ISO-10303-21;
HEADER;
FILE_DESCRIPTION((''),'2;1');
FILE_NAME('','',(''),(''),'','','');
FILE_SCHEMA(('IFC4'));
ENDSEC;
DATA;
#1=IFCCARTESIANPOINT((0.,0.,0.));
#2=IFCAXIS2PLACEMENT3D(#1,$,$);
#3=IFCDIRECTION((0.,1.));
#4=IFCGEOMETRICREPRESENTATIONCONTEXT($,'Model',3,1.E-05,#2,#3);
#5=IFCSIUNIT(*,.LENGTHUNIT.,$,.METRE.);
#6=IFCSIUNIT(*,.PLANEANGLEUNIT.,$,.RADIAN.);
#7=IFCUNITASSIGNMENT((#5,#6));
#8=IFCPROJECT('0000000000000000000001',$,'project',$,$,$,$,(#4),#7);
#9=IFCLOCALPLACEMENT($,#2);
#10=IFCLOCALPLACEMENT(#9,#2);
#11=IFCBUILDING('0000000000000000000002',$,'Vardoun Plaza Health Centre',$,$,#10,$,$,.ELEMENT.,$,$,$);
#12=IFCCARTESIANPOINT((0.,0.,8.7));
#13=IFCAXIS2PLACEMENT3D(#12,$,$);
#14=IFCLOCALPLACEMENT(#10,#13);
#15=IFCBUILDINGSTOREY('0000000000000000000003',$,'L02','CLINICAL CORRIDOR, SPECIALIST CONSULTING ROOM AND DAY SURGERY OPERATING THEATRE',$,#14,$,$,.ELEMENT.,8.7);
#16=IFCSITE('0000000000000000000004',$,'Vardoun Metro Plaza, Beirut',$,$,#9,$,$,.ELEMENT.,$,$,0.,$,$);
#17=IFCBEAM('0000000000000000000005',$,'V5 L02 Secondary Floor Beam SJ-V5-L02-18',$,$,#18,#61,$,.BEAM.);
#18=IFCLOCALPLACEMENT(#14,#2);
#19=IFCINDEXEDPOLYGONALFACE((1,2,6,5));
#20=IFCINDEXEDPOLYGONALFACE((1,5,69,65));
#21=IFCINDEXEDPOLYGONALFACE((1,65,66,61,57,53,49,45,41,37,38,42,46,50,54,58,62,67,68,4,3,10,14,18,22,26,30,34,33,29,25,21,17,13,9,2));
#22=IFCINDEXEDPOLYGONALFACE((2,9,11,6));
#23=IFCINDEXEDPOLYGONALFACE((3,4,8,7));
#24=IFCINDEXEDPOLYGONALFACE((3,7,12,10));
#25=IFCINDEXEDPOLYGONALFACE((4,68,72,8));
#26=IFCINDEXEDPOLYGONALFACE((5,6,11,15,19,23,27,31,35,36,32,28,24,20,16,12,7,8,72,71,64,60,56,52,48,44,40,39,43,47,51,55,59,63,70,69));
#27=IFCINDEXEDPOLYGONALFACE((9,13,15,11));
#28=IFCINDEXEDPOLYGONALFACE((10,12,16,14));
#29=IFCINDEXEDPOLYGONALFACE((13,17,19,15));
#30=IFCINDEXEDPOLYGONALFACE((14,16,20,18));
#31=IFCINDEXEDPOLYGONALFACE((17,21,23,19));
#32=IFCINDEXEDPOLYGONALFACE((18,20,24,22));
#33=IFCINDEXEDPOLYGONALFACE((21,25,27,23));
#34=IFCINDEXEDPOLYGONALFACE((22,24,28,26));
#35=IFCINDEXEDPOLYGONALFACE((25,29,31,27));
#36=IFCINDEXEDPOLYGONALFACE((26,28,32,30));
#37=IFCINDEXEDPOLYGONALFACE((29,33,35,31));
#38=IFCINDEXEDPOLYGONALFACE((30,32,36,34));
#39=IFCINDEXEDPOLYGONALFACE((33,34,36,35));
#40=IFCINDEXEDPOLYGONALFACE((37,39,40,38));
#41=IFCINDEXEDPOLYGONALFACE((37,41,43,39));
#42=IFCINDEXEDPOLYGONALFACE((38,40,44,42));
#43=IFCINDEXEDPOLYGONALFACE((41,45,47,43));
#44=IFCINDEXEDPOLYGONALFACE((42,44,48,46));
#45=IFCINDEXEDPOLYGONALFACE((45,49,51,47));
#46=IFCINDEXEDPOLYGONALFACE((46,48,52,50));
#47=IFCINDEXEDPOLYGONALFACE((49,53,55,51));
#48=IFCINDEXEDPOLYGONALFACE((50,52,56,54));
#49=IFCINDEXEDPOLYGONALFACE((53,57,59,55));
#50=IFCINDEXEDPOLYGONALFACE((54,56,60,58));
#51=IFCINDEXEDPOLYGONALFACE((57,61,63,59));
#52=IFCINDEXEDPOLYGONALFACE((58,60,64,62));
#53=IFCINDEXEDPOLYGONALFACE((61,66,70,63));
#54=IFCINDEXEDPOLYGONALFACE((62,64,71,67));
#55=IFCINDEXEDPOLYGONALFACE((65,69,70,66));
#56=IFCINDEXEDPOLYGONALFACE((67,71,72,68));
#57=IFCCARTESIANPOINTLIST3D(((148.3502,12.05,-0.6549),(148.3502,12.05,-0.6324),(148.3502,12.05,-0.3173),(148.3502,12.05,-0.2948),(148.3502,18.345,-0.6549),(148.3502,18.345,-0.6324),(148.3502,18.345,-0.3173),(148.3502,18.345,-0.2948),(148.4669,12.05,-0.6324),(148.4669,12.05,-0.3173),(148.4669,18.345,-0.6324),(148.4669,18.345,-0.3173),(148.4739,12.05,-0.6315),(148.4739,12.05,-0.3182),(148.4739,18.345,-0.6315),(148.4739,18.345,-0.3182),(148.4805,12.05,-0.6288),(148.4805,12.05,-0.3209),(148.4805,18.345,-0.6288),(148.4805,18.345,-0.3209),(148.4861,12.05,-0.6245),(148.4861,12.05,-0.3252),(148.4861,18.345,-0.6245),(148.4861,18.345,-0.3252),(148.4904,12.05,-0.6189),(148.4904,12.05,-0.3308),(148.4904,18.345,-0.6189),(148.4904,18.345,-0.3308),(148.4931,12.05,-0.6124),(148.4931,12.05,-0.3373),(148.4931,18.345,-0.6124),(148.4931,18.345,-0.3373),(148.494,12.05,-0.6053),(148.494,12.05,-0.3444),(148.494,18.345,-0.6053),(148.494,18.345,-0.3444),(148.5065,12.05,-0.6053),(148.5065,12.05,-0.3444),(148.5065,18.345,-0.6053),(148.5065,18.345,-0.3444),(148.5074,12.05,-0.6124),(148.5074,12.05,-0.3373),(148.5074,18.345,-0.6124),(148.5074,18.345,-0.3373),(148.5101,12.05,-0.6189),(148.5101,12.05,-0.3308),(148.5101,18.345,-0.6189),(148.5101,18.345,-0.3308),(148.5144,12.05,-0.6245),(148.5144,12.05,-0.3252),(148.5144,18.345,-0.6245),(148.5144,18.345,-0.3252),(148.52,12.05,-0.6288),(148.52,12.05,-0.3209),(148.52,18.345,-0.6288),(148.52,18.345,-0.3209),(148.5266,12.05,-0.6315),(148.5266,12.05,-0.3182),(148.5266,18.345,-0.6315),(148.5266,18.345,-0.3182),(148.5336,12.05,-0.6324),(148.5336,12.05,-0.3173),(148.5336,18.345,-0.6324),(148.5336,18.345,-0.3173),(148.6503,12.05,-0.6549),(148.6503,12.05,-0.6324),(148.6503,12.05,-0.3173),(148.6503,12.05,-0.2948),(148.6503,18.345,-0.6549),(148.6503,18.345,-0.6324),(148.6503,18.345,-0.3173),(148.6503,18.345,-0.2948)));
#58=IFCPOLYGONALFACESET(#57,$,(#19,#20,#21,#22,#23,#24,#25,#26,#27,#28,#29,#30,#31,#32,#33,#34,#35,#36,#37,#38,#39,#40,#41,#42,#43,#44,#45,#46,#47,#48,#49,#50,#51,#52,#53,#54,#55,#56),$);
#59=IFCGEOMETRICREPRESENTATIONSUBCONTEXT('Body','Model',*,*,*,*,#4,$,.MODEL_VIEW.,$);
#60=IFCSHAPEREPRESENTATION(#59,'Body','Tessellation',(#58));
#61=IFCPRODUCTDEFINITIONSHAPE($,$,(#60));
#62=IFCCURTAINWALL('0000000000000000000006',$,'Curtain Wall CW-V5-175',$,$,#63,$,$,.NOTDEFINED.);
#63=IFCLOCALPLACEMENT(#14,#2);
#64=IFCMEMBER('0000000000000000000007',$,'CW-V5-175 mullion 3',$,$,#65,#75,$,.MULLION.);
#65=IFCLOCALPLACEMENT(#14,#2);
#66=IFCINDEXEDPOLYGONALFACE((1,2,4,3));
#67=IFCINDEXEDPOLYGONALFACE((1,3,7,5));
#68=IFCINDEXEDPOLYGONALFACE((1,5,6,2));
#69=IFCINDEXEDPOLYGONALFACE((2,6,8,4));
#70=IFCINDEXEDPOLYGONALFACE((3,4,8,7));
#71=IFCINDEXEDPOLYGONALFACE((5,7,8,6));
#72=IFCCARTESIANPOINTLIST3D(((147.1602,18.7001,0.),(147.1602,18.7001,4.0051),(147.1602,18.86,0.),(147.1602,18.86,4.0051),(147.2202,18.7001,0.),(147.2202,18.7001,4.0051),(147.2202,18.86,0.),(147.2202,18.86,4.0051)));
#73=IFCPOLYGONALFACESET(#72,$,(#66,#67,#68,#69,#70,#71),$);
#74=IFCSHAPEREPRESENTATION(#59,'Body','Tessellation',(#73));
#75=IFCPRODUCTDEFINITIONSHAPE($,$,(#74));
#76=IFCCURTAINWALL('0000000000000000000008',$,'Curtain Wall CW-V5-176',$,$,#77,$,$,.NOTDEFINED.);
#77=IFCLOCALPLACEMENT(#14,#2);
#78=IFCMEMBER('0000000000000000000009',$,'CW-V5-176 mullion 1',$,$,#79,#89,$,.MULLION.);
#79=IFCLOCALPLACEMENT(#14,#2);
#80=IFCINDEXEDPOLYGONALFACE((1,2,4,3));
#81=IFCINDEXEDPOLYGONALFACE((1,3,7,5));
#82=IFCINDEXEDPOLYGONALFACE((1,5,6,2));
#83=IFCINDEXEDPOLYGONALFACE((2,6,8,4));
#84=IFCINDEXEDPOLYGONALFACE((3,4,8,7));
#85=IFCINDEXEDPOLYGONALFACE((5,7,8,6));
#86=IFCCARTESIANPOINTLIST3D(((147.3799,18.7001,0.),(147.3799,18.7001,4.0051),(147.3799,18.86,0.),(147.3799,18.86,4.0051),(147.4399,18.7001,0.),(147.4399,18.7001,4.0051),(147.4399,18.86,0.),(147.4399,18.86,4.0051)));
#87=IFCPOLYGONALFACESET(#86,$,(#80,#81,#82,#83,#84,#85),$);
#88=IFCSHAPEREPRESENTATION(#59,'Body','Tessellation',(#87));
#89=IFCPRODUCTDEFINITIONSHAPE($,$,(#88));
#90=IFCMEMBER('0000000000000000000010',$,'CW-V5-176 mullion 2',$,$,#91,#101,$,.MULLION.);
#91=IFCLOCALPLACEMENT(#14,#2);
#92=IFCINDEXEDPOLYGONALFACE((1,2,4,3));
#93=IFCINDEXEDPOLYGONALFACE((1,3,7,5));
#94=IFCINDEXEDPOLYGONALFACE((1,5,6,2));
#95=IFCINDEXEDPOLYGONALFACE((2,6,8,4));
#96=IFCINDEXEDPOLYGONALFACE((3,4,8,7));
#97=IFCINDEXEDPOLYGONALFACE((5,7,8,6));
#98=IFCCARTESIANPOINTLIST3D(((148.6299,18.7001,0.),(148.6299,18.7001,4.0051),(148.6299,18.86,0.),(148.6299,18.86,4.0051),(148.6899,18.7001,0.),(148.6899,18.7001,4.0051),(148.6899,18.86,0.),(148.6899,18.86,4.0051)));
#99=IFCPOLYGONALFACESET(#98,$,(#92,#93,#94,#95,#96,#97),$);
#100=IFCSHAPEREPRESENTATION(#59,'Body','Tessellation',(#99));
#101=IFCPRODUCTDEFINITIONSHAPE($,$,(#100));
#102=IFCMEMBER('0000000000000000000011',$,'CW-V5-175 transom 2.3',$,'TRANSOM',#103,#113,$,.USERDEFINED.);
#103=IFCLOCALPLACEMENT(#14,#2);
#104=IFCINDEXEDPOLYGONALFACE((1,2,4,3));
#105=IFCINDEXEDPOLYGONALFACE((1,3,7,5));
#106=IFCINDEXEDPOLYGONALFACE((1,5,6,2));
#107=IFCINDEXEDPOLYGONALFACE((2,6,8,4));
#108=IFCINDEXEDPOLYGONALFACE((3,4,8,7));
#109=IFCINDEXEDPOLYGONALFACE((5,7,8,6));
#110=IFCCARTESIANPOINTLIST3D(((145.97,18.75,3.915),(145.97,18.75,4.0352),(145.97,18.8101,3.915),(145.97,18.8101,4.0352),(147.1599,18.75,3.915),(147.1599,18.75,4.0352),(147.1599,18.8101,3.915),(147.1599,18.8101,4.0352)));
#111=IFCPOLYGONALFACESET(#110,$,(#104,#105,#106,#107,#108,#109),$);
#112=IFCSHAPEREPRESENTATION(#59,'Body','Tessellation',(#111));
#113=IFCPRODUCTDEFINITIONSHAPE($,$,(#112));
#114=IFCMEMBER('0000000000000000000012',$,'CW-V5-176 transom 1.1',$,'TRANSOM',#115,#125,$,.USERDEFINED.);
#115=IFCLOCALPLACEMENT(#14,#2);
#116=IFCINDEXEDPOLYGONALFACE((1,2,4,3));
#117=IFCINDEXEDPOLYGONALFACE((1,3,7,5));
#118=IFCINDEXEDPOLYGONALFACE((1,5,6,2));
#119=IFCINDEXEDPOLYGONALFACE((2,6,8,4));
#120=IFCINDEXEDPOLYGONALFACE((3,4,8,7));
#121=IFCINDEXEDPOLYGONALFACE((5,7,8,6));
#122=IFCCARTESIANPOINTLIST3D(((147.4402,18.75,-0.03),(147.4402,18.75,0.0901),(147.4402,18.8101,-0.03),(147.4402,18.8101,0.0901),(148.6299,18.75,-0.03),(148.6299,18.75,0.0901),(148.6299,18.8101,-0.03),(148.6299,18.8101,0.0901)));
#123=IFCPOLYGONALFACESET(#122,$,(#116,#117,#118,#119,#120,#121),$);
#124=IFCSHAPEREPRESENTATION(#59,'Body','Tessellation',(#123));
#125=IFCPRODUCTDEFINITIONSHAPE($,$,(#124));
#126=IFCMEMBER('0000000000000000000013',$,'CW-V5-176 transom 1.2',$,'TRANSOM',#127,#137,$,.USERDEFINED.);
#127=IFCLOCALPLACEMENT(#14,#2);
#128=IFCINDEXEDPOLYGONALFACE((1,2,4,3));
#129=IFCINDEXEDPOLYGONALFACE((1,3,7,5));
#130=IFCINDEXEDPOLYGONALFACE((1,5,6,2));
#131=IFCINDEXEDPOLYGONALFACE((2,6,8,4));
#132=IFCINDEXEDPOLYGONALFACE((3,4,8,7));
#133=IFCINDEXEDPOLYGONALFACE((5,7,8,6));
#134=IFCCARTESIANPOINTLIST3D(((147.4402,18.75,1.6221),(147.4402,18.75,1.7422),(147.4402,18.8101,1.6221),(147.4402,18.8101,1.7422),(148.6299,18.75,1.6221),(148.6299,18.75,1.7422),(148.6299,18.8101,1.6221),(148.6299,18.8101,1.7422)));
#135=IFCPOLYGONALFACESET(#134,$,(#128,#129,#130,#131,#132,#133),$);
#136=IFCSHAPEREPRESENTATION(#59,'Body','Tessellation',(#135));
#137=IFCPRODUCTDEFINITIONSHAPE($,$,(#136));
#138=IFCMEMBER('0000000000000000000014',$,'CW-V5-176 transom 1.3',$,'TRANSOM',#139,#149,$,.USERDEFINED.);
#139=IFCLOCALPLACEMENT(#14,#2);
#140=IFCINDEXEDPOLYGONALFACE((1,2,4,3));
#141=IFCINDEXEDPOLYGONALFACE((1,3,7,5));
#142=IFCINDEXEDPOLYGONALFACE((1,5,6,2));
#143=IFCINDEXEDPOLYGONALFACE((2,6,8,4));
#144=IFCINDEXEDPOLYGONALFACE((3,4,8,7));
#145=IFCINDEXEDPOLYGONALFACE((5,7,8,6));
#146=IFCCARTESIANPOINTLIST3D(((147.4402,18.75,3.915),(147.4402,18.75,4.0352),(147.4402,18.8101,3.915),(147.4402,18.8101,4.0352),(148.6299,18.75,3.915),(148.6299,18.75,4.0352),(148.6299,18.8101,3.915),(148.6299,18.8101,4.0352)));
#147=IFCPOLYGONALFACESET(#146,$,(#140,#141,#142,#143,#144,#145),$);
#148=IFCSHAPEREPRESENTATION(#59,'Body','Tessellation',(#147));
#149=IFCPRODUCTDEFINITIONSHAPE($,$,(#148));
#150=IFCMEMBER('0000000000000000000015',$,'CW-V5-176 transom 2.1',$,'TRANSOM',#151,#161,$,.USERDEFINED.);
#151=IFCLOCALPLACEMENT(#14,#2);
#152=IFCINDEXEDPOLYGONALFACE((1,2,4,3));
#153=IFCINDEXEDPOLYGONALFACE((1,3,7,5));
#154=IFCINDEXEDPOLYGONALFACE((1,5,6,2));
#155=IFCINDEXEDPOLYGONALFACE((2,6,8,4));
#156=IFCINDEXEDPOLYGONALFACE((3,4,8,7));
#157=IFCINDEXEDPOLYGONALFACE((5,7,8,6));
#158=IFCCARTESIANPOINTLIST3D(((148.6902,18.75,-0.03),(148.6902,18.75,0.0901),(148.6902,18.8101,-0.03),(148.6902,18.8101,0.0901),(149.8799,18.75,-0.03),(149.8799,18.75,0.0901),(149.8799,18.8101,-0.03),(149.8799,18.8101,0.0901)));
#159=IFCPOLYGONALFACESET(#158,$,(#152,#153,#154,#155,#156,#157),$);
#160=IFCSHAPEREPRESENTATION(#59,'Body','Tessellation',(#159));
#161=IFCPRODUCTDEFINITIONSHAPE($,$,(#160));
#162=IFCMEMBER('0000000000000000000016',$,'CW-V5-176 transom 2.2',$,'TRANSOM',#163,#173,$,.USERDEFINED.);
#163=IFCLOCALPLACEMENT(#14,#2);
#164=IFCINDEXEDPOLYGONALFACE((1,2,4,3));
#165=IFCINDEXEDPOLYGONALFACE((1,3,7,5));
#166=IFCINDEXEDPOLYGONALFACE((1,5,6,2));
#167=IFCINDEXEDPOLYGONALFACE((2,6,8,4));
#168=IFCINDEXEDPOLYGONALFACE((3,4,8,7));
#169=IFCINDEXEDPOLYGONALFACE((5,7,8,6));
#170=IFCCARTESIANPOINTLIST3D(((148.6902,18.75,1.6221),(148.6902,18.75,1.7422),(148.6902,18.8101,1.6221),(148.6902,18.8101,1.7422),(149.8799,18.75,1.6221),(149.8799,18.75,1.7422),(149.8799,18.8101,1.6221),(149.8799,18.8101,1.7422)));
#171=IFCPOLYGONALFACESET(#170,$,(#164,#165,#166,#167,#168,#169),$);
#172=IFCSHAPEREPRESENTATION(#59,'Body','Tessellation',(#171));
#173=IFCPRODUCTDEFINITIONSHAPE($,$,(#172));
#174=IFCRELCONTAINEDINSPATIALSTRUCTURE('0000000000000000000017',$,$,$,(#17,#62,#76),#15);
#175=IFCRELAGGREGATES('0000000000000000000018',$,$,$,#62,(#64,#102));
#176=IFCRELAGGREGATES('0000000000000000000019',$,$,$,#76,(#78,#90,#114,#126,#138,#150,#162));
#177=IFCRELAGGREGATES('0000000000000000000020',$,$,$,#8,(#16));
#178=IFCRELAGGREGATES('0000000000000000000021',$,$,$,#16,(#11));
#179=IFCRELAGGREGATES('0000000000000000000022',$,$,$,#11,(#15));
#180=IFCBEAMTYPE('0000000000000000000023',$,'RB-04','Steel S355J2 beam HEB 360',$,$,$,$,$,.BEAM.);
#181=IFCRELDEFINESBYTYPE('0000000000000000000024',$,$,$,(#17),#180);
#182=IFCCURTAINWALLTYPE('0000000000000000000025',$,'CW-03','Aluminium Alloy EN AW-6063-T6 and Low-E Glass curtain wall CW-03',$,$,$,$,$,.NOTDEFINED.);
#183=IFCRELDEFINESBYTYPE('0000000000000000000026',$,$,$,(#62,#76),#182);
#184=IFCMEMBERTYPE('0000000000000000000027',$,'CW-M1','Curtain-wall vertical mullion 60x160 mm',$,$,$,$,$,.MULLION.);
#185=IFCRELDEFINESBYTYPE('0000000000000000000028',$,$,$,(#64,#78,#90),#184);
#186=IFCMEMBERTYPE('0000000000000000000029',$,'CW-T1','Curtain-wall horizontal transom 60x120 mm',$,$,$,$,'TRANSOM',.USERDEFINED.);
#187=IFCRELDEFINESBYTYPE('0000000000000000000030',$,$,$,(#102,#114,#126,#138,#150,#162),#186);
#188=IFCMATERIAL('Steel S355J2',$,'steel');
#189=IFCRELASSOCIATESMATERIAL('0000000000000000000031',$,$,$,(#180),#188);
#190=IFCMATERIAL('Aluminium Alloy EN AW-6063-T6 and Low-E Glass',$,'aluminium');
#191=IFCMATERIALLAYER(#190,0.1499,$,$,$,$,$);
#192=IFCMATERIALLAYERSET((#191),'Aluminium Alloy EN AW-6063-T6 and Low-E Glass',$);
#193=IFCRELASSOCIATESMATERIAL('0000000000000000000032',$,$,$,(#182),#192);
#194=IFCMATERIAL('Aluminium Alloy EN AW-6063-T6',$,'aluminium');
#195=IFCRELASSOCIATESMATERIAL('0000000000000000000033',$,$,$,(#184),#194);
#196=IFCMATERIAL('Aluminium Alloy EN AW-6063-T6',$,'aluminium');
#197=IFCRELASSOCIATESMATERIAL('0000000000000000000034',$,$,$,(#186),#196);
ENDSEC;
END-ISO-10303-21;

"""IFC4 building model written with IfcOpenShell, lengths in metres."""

from ifc_helpers import new_model, si_unit, direction, frame, origin, origin_2d, place, context, subcontext, project, spatial, rectangle, i_section, extrude, material, layer, layer_set, material_profile, profile_set, type_object, element, aggregate, save


model = new_model("IFC4")

# Units and contexts
model_context = context("Model", 3, precision=1e-05, world=origin(), true_north=direction((0.0, 1.0)))
body_context = subcontext(model_context, "Body", "Model", "MODEL_VIEW")
ifc_project = project(units=[si_unit("LENGTHUNIT", "METRE"), si_unit("PLANEANGLEUNIT", "RADIAN")], contexts=[model_context])

# Site, building, storey
site_placement = place(None, origin())
site = spatial("IfcSite", under=ifc_project, at=site_placement, Name="Vardoun Metro Plaza, Beirut", CompositionType="ELEMENT", RefElevation=0.0)
building_placement = place(site_placement, origin())
building = spatial("IfcBuilding", under=site, at=building_placement, Name="Vardoun Plaza Health Centre", CompositionType="ELEMENT")
storey_placement = place(building_placement, frame((0.0, 0.0, 8.7)))
storey = spatial("IfcBuildingStorey", under=building, at=storey_placement, Name="L02", Description="CLINICAL CORRIDOR, SPECIALIST CONSULTING ROOM AND DAY SURGERY OPERATING THEATRE", CompositionType="ELEMENT", Elevation=8.7)

# Beam
ifc_material_1 = material(Name="Steel S355J2", Category="steel")
ifc_material_profile_1 = material_profile(ifc_material_1, i_section(OverallWidth=0.3, OverallDepth=0.3601, WebThickness=0.0125, FlangeThickness=0.0225, FilletRadius=0.0271, at=origin_2d()), Name="HEB 360")
ifc_profile_set_1 = profile_set([ifc_material_profile_1], Name="Steel S355J2")
beam_type_1 = type_object("IfcBeamType", Name="RB-04", Description="Steel S355J2 beam HEB 360", PredefinedType="BEAM", material=ifc_profile_set_1)
beam_1_placement = place(storey_placement, frame((148.5002, 12.05, -0.4749), z_axis=(0.0, 1.0, 0.0), x_axis=(-1.0, 0.0, 0.0)))
element("IfcBeam", 1, at=beam_1_placement, inside=storey, type_object=beam_type_1, Name="V5 L02 Secondary Floor Beam SJ-V5-L02-18", PredefinedType="BEAM", context=body_context, shape_type="SweptSolid", body=[
    extrude(i_section(OverallWidth=0.3, OverallDepth=0.3601, WebThickness=0.0125, FlangeThickness=0.0225, FilletRadius=0.0271, at=origin_2d()), origin(), (0.0, 0.0, 1.0), 6.2949),
])

# Curtain wall, member
ifc_material_2 = material(Name="Aluminium Alloy EN AW-6063-T6 and Low-E Glass", Category="aluminium")
ifc_layer_1 = layer(ifc_material_2, 0.1499)
ifc_layer_set_1 = layer_set([ifc_layer_1], Name="Aluminium Alloy EN AW-6063-T6 and Low-E Glass")
curtain_wall_type = type_object("IfcCurtainWallType", Name="CW-03", Description="Aluminium Alloy EN AW-6063-T6 and Low-E Glass curtain wall CW-03", PredefinedType="NOTDEFINED", material=ifc_layer_set_1)
curtain_wall_1_placement = place(storey_placement, origin())
curtain_wall_1 = element("IfcCurtainWall", 2, at=curtain_wall_1_placement, inside=storey, type_object=curtain_wall_type, Name="Curtain Wall CW-V5-175", PredefinedType="NOTDEFINED")
ifc_material_3 = material(Name="Aluminium Alloy EN AW-6063-T6", Category="aluminium")
ifc_material_profile_2 = material_profile(ifc_material_3, rectangle(XDim=0.1599, YDim=0.0601, at=origin_2d()), Name="CWM 60x160")
ifc_profile_set_2 = profile_set([ifc_material_profile_2], Name="Aluminium Alloy EN AW-6063-T6")
member_type_1 = type_object("IfcMemberType", Name="CW-M1", Description="Curtain-wall vertical mullion 60x160 mm", PredefinedType="MULLION", material=ifc_profile_set_2)
member_1_placement = place(storey_placement, frame((147.1902, 18.78, 0.0), z_axis=(0.0, 0.0, 1.0), x_axis=(0.0, 1.0, 0.0)))
member_1 = element("IfcMember", 3, at=member_1_placement, type_object=member_type_1, Name="CW-V5-175 mullion 3", PredefinedType="MULLION", context=body_context, shape_type="SweptSolid", body=[
    extrude(rectangle(XDim=0.1599, YDim=0.0601, at=origin_2d()), origin(), (0.0, 0.0, 1.0), 4.0051),
])

# Curtain wall, members
curtain_wall_2_placement = place(storey_placement, origin())
curtain_wall_2 = element("IfcCurtainWall", 4, at=curtain_wall_2_placement, inside=storey, type_object=curtain_wall_type, Name="Curtain Wall CW-V5-176", PredefinedType="NOTDEFINED")
member_2_placement = place(storey_placement, frame((147.4099, 18.78, 0.0), z_axis=(0.0, 0.0, 1.0), x_axis=(0.0, 1.0, 0.0)))
member_2 = element("IfcMember", 5, at=member_2_placement, type_object=member_type_1, Name="CW-V5-176 mullion 1", PredefinedType="MULLION", context=body_context, shape_type="SweptSolid", body=[
    extrude(rectangle(XDim=0.1599, YDim=0.0601, at=origin_2d()), origin(), (0.0, 0.0, 1.0), 4.0051),
])
member_3_placement = place(storey_placement, frame((148.6599, 18.78, 0.0), z_axis=(0.0, 0.0, 1.0), x_axis=(0.0, 1.0, 0.0)))
member_3 = element("IfcMember", 6, at=member_3_placement, type_object=member_type_1, Name="CW-V5-176 mullion 2", PredefinedType="MULLION", context=body_context, shape_type="SweptSolid", body=[
    extrude(rectangle(XDim=0.1599, YDim=0.0601, at=origin_2d()), origin(), (0.0, 0.0, 1.0), 4.0051),
])

# Members
ifc_material_4 = material(Name="Aluminium Alloy EN AW-6063-T6", Category="aluminium")
ifc_material_profile_3 = material_profile(ifc_material_4, rectangle(XDim=0.0601, YDim=0.1201, at=origin_2d()), Name="CWT 60x120")
ifc_profile_set_3 = profile_set([ifc_material_profile_3], Name="Aluminium Alloy EN AW-6063-T6")
member_type_2 = type_object("IfcMemberType", Name="CW-T1", Description="Curtain-wall horizontal transom 60x120 mm", ElementType="TRANSOM", PredefinedType="USERDEFINED", material=ifc_profile_set_3)
member_4_placement = place(storey_placement, frame((145.97, 18.78, 3.9751), z_axis=(1.0, 0.0, 0.0), x_axis=(0.0, 1.0, 0.0)))
member_4 = element("IfcMember", 7, at=member_4_placement, type_object=member_type_2, Name="CW-V5-175 transom 2.3", ObjectType="TRANSOM", PredefinedType="USERDEFINED", context=body_context, shape_type="SweptSolid", body=[
    extrude(rectangle(XDim=0.0601, YDim=0.1201, at=origin_2d()), origin(), (0.0, 0.0, 1.0), 1.1899),
])
member_5_placement = place(storey_placement, frame((147.4402, 18.78, 0.03), z_axis=(1.0, 0.0, 0.0), x_axis=(0.0, 1.0, 0.0)))
member_5 = element("IfcMember", 8, at=member_5_placement, type_object=member_type_2, Name="CW-V5-176 transom 1.1", ObjectType="TRANSOM", PredefinedType="USERDEFINED", context=body_context, shape_type="SweptSolid", body=[
    extrude(rectangle(XDim=0.0601, YDim=0.1201, at=origin_2d()), origin(), (0.0, 0.0, 1.0), 1.1897),
])
member_6_placement = place(storey_placement, frame((147.4402, 18.78, 1.6821), z_axis=(1.0, 0.0, 0.0), x_axis=(0.0, 1.0, 0.0)))
member_6 = element("IfcMember", 9, at=member_6_placement, type_object=member_type_2, Name="CW-V5-176 transom 1.2", ObjectType="TRANSOM", PredefinedType="USERDEFINED", context=body_context, shape_type="SweptSolid", body=[
    extrude(rectangle(XDim=0.0601, YDim=0.1201, at=origin_2d()), origin(), (0.0, 0.0, 1.0), 1.1897),
])
member_7_placement = place(storey_placement, frame((147.4402, 18.78, 3.9751), z_axis=(1.0, 0.0, 0.0), x_axis=(0.0, 1.0, 0.0)))
member_7 = element("IfcMember", 10, at=member_7_placement, type_object=member_type_2, Name="CW-V5-176 transom 1.3", ObjectType="TRANSOM", PredefinedType="USERDEFINED", context=body_context, shape_type="SweptSolid", body=[
    extrude(rectangle(XDim=0.0601, YDim=0.1201, at=origin_2d()), origin(), (0.0, 0.0, 1.0), 1.1897),
])
member_8_placement = place(storey_placement, frame((148.6902, 18.78, 0.03), z_axis=(1.0, 0.0, 0.0), x_axis=(0.0, 1.0, 0.0)))
member_8 = element("IfcMember", 11, at=member_8_placement, type_object=member_type_2, Name="CW-V5-176 transom 2.1", ObjectType="TRANSOM", PredefinedType="USERDEFINED", context=body_context, shape_type="SweptSolid", body=[
    extrude(rectangle(XDim=0.0601, YDim=0.1201, at=origin_2d()), origin(), (0.0, 0.0, 1.0), 1.1897),
])
member_9_placement = place(storey_placement, frame((148.6902, 18.78, 1.6821), z_axis=(1.0, 0.0, 0.0), x_axis=(0.0, 1.0, 0.0)))
member_9 = element("IfcMember", 12, at=member_9_placement, type_object=member_type_2, Name="CW-V5-176 transom 2.2", ObjectType="TRANSOM", PredefinedType="USERDEFINED", context=body_context, shape_type="SweptSolid", body=[
    extrude(rectangle(XDim=0.0601, YDim=0.1201, at=origin_2d()), origin(), (0.0, 0.0, 1.0), 1.1897),
])

aggregate(curtain_wall_1, [member_1, member_4])
aggregate(curtain_wall_2, [member_2, member_3, member_5, member_6, member_7, member_8, member_9])

save(model, "model.ifc")
